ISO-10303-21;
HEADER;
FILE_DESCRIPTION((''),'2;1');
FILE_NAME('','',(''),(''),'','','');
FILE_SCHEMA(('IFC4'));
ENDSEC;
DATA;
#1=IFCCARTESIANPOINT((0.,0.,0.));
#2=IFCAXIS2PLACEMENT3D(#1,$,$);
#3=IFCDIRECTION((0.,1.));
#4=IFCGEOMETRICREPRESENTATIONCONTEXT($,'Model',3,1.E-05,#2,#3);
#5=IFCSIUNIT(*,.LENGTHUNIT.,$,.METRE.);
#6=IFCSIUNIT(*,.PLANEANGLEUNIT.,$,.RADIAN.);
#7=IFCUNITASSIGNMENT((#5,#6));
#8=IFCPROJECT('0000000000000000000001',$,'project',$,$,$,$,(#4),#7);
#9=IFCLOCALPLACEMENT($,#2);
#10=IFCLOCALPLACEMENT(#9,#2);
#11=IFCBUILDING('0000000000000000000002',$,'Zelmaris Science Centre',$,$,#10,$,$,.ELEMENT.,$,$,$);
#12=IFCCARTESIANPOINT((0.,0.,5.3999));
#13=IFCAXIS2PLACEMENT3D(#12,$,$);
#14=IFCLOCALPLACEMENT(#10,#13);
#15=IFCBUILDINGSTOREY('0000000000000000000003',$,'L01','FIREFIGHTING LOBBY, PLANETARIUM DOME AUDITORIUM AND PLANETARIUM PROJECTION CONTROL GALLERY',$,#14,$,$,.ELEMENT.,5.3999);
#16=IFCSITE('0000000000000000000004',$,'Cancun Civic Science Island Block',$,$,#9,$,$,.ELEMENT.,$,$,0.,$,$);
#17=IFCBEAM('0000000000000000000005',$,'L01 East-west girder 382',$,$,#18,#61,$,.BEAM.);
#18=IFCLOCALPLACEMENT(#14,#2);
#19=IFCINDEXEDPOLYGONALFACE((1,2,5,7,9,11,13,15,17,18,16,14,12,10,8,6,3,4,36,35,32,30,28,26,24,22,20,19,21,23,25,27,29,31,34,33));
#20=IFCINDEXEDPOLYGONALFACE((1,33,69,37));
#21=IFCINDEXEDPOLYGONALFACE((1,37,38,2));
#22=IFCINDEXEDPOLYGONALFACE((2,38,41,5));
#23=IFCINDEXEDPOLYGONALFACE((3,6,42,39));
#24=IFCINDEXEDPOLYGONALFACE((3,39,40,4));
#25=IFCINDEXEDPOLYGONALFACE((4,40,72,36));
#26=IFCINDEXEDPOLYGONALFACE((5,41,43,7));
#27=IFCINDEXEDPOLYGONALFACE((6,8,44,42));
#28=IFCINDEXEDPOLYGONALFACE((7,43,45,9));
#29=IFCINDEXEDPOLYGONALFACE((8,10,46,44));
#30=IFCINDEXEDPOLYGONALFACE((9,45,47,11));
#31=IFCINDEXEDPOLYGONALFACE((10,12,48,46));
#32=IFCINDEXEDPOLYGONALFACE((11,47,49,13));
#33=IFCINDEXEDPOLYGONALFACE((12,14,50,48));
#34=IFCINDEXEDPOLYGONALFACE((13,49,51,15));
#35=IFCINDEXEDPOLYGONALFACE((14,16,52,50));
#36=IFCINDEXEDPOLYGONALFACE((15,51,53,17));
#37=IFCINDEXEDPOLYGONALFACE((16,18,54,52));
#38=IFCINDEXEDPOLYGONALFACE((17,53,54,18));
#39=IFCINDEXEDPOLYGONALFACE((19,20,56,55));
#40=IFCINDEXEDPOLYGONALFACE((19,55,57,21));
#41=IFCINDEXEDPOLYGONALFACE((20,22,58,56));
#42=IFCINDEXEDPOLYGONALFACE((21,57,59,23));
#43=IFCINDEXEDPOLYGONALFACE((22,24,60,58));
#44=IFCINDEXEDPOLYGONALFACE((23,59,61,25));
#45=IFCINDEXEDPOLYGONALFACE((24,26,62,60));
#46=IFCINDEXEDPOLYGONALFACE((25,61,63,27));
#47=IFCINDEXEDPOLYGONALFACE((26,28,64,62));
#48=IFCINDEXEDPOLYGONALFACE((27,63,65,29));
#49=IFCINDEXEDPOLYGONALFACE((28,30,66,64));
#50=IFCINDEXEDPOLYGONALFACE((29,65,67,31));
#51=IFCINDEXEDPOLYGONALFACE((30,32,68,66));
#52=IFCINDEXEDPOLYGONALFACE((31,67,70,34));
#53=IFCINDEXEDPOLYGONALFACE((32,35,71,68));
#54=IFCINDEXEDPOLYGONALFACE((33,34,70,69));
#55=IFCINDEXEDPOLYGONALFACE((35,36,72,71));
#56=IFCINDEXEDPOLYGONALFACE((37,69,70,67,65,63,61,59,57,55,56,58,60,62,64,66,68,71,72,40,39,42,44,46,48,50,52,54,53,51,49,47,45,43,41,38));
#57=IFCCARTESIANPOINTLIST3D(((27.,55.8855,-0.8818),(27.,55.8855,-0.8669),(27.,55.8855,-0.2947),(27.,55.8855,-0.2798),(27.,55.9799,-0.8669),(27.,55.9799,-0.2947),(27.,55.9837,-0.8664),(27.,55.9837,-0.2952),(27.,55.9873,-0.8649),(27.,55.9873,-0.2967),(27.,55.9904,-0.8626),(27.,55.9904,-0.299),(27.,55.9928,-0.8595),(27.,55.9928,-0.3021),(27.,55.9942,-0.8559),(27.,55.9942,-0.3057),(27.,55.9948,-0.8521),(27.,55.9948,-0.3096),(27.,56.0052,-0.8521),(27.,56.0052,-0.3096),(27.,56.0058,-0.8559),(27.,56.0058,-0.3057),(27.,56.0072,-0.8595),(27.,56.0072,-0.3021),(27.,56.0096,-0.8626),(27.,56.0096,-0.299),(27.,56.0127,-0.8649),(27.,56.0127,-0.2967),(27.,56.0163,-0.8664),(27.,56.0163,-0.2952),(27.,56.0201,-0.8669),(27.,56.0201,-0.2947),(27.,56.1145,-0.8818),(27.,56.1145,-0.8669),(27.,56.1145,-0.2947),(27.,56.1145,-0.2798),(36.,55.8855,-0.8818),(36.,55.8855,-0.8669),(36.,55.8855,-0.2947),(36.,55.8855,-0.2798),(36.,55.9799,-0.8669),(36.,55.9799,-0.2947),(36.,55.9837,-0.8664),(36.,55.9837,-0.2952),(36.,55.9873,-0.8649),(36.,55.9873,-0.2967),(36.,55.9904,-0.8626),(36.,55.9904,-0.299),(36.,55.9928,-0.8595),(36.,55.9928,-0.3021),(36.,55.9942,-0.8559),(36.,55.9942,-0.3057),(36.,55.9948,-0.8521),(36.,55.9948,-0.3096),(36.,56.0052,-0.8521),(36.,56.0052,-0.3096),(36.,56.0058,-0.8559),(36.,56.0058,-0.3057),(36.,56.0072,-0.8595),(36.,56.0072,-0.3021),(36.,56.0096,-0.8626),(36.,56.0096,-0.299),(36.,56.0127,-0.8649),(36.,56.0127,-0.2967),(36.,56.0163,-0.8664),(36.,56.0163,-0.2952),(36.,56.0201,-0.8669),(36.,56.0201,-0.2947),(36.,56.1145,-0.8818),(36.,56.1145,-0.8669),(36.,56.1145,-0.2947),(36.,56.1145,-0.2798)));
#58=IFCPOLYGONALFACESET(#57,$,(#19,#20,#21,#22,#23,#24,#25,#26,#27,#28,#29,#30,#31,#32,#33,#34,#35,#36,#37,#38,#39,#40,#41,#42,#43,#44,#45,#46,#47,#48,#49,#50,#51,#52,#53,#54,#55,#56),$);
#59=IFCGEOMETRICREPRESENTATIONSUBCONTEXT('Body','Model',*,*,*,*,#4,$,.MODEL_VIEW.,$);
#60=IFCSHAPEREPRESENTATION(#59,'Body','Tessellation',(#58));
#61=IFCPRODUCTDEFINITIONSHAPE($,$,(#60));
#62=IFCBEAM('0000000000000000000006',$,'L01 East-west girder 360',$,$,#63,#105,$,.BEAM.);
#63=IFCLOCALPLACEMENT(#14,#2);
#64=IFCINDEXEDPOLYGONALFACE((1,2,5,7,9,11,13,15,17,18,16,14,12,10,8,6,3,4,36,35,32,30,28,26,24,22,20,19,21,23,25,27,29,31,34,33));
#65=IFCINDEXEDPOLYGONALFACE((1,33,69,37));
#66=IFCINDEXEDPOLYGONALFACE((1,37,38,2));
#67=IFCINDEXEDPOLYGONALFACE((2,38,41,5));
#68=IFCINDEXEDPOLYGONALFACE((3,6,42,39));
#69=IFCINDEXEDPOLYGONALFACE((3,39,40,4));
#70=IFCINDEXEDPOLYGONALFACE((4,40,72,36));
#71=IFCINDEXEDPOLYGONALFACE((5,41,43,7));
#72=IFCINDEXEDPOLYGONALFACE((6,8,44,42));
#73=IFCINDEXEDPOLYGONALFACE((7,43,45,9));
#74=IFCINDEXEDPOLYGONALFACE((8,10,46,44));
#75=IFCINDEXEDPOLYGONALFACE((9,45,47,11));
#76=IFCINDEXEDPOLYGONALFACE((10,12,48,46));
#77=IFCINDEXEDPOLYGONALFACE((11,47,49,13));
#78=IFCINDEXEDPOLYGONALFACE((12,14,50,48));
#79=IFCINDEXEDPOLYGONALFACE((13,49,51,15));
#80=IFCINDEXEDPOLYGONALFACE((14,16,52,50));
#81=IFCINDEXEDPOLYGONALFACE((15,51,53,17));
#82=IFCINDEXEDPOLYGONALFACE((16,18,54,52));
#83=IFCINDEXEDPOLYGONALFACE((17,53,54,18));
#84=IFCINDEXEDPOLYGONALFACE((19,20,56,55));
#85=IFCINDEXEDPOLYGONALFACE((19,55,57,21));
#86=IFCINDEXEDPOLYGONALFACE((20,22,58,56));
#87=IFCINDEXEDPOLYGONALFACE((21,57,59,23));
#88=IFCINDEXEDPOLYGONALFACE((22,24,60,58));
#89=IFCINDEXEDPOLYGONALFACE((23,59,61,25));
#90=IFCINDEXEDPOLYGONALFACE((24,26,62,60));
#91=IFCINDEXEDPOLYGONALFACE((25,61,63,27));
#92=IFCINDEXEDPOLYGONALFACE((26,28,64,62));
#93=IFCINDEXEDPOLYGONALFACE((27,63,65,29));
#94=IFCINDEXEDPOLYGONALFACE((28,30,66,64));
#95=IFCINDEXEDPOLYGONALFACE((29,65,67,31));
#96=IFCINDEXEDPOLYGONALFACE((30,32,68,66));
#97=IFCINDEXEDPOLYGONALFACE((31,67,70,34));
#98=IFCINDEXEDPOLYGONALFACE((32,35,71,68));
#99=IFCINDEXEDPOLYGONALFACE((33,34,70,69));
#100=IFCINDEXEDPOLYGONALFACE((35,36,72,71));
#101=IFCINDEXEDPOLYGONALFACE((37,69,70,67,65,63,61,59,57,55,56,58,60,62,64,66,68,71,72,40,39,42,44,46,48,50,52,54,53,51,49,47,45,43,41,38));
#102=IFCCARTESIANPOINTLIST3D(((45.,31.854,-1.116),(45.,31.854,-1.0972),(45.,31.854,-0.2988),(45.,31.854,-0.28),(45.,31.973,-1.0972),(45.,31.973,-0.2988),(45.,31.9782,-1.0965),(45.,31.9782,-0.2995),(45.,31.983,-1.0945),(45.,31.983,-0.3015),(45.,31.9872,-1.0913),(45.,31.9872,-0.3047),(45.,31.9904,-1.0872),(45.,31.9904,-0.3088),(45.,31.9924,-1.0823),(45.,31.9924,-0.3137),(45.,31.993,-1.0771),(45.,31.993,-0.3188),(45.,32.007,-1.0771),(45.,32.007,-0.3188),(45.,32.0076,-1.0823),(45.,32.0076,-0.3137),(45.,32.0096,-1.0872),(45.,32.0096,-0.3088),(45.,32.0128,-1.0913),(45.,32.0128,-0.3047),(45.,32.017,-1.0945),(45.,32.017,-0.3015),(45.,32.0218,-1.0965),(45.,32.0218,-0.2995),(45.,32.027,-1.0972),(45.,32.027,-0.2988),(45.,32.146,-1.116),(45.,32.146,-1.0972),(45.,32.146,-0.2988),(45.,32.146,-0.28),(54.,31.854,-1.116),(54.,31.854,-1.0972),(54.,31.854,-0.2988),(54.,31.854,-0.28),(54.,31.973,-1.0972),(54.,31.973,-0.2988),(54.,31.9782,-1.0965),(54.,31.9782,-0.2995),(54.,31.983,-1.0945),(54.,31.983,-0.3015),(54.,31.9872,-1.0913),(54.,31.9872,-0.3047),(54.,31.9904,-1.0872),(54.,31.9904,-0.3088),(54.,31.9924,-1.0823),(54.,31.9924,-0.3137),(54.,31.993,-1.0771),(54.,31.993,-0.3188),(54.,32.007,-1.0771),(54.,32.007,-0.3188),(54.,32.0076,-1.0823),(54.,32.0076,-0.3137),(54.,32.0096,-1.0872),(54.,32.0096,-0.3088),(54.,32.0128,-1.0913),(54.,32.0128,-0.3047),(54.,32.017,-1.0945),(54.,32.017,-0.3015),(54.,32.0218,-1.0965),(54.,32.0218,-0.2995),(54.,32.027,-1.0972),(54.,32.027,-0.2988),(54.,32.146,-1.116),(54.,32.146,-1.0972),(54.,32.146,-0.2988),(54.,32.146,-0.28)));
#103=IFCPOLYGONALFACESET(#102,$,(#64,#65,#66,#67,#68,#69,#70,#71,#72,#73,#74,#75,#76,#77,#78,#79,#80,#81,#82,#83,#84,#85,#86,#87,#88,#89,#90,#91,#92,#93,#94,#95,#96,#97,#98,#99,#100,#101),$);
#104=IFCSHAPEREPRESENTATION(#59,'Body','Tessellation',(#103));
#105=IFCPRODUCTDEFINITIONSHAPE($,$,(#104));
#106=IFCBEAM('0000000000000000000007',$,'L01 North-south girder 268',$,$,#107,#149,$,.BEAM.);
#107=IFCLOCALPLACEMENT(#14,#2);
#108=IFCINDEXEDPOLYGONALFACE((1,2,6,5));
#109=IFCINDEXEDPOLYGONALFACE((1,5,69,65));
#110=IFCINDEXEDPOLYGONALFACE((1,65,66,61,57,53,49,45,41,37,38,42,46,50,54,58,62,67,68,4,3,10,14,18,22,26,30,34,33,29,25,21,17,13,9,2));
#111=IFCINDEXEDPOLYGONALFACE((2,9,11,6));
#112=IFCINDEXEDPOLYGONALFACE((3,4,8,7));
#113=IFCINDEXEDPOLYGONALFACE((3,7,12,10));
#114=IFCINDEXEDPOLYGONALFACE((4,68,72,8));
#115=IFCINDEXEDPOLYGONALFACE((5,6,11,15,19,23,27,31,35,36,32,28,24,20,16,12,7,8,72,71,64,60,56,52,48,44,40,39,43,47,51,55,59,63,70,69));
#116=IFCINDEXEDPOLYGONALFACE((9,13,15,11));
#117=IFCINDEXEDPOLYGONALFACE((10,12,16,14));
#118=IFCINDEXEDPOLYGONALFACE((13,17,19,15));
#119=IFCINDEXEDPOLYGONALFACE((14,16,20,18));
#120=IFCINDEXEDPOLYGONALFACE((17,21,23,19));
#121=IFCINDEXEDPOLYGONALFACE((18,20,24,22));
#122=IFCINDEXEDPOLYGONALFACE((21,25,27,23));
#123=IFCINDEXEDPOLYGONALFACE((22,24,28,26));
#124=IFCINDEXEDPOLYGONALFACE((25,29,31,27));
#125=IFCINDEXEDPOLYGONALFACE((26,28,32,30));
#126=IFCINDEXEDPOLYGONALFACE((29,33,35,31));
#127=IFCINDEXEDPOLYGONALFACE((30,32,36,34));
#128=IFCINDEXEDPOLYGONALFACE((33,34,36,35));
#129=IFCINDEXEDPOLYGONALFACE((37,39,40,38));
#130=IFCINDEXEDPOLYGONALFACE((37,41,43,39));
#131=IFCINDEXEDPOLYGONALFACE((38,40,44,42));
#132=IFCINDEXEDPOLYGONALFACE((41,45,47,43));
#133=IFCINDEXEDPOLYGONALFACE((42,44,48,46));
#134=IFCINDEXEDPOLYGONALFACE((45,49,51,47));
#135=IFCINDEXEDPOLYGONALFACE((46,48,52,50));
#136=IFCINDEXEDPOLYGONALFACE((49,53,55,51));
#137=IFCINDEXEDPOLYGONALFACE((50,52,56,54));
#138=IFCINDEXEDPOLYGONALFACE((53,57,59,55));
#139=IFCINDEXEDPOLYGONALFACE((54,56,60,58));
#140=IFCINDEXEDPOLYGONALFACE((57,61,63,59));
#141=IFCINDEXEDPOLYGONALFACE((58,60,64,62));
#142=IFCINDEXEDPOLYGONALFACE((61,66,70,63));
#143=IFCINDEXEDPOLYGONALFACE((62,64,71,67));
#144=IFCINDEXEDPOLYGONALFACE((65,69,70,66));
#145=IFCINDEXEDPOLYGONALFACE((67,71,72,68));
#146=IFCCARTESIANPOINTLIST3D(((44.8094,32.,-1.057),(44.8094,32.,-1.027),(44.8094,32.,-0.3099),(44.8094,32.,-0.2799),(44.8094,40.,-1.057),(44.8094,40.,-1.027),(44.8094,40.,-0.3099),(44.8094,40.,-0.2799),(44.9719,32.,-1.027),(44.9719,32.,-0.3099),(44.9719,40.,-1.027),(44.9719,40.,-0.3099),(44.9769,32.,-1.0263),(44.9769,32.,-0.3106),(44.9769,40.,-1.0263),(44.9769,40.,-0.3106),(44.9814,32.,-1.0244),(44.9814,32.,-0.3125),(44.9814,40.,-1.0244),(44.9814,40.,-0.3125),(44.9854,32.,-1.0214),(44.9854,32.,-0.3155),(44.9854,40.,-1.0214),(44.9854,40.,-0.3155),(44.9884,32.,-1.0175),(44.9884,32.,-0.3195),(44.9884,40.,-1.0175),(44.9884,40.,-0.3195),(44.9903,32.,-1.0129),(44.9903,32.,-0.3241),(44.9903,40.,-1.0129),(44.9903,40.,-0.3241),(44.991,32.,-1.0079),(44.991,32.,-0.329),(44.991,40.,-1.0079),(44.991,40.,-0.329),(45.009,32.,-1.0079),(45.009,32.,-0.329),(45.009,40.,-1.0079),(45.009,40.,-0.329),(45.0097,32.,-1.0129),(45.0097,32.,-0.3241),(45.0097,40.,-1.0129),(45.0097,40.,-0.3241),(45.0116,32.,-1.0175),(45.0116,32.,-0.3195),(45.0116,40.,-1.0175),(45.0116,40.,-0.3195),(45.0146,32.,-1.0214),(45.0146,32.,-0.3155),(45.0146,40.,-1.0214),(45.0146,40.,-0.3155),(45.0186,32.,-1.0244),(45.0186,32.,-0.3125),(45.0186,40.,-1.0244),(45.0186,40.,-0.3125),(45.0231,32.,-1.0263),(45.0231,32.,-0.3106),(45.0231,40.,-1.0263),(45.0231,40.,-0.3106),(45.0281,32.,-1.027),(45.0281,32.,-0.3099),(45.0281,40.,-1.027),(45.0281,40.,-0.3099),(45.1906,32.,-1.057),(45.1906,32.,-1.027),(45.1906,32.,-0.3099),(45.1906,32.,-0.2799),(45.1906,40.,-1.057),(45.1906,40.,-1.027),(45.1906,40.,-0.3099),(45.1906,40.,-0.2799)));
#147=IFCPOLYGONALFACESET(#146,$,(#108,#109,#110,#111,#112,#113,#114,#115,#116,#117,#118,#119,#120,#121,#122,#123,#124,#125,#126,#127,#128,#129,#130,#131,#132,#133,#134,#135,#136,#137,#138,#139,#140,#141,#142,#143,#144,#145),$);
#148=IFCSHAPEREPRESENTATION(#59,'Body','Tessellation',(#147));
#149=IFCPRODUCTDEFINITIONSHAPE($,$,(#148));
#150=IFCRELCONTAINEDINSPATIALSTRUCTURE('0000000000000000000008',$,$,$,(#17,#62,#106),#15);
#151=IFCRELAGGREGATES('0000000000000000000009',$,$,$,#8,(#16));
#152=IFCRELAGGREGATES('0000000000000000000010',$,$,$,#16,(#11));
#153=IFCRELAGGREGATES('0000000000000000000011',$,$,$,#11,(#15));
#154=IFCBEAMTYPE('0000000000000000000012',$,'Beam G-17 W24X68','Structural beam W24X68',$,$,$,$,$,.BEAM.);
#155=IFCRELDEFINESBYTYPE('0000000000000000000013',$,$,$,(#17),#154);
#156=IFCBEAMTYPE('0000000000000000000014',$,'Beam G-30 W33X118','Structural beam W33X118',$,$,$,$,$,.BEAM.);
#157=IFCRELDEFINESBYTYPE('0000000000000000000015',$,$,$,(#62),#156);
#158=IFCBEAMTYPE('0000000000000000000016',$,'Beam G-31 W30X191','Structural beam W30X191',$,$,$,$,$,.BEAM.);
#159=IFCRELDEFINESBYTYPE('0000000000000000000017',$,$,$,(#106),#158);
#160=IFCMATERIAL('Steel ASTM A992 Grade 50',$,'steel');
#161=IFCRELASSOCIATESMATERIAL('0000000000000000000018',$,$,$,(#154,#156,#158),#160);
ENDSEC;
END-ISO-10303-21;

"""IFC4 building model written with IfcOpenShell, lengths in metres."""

from ifc_helpers import new_model, si_unit, direction, frame, origin, origin_2d, place, context, subcontext, project, spatial, i_section, extrude, material, material_profile, profile_set, type_object, element, save


model = new_model("IFC4")

# Units and contexts
model_context = context("Model", 3, precision=1e-05, world=origin(), true_north=direction((0.0, 1.0)))
body_context = subcontext(model_context, "Body", "Model", "MODEL_VIEW")
ifc_project = project(units=[si_unit("LENGTHUNIT", "METRE"), si_unit("PLANEANGLEUNIT", "RADIAN")], contexts=[model_context])

# Site, building, storey
site_placement = place(None, origin())
site = spatial("IfcSite", under=ifc_project, at=site_placement, Name="Cancun Civic Science Island Block", CompositionType="ELEMENT", RefElevation=0.0)
building_placement = place(site_placement, origin())
building = spatial("IfcBuilding", under=site, at=building_placement, Name="Zelmaris Science Centre", CompositionType="ELEMENT")
storey_placement = place(building_placement, frame((0.0, 0.0, 5.3999)))
storey = spatial("IfcBuildingStorey", under=building, at=storey_placement, Name="L01", Description="FIREFIGHTING LOBBY, PLANETARIUM DOME AUDITORIUM AND PLANETARIUM PROJECTION CONTROL GALLERY", CompositionType="ELEMENT", Elevation=5.3999)

# Shared definitions
ifc_material_1 = material(Name="Steel ASTM A992 Grade 50", Category="steel")

# Beams
ifc_material_profile_1 = material_profile(ifc_material_1, i_section(OverallWidth=0.229, OverallDepth=0.6021, WebThickness=0.0105, FlangeThickness=0.0149, FilletRadius=0.0149, at=origin_2d()), Name="W24X68")
ifc_profile_set_1 = profile_set([ifc_material_profile_1], Name="Steel ASTM A992 Grade 50")
beam_type_1 = type_object("IfcBeamType", Name="Beam G-17 W24X68", Description="Structural beam W24X68", PredefinedType="BEAM", material=ifc_profile_set_1)
beam_1_placement = place(storey_placement, frame((27.0, 56.0, -0.5808), z_axis=(1.0, 0.0, 0.0), x_axis=(0.0, 1.0, 0.0)))
element("IfcBeam", 1, at=beam_1_placement, inside=storey, type_object=beam_type_1, Name="L01 East-west girder 382", PredefinedType="BEAM", context=body_context, shape_type="SweptSolid", body=[
    extrude(i_section(OverallWidth=0.229, OverallDepth=0.6021, WebThickness=0.0105, FlangeThickness=0.0149, FilletRadius=0.0149, at=origin_2d()), origin(), (0.0, 0.0, 1.0), 9.0),
])
ifc_material_profile_2 = material_profile(ifc_material_1, i_section(OverallWidth=0.292, OverallDepth=0.8359, WebThickness=0.0139, FlangeThickness=0.0188, FilletRadius=0.02, at=origin_2d()), Name="W33X118")
ifc_profile_set_2 = profile_set([ifc_material_profile_2], Name="Steel ASTM A992 Grade 50")
beam_type_2 = type_object("IfcBeamType", Name="Beam G-30 W33X118", Description="Structural beam W33X118", PredefinedType="BEAM", material=ifc_profile_set_2)
beam_2_placement = place(storey_placement, frame((45.0, 32.0, -0.698), z_axis=(1.0, 0.0, 0.0), x_axis=(0.0, 1.0, 0.0)))
element("IfcBeam", 2, at=beam_2_placement, inside=storey, type_object=beam_type_2, Name="L01 East-west girder 360", PredefinedType="BEAM", context=body_context, shape_type="SweptSolid", body=[
    extrude(i_section(OverallWidth=0.292, OverallDepth=0.8359, WebThickness=0.0139, FlangeThickness=0.0188, FilletRadius=0.02, at=origin_2d()), origin(), (0.0, 0.0, 1.0), 9.0),
])
ifc_material_profile_3 = material_profile(ifc_material_1, i_section(OverallWidth=0.3811, OverallDepth=0.7771, WebThickness=0.0181, FlangeThickness=0.03, FilletRadius=0.019, at=origin_2d()), Name="W30X191")
ifc_profile_set_3 = profile_set([ifc_material_profile_3], Name="Steel ASTM A992 Grade 50")
beam_type_3 = type_object("IfcBeamType", Name="Beam G-31 W30X191", Description="Structural beam W30X191", PredefinedType="BEAM", material=ifc_profile_set_3)
beam_3_placement = place(storey_placement, frame((45.0, 32.0, -0.6685), z_axis=(0.0, 1.0, 0.0), x_axis=(-1.0, 0.0, 0.0)))
element("IfcBeam", 3, at=beam_3_placement, inside=storey, type_object=beam_type_3, Name="L01 North-south girder 268", PredefinedType="BEAM", context=body_context, shape_type="SweptSolid", body=[
    extrude(i_section(OverallWidth=0.3811, OverallDepth=0.7771, WebThickness=0.0181, FlangeThickness=0.03, FilletRadius=0.019, at=origin_2d()), origin(), (0.0, 0.0, 1.0), 8.0),
])

save(model, "model.ifc")
